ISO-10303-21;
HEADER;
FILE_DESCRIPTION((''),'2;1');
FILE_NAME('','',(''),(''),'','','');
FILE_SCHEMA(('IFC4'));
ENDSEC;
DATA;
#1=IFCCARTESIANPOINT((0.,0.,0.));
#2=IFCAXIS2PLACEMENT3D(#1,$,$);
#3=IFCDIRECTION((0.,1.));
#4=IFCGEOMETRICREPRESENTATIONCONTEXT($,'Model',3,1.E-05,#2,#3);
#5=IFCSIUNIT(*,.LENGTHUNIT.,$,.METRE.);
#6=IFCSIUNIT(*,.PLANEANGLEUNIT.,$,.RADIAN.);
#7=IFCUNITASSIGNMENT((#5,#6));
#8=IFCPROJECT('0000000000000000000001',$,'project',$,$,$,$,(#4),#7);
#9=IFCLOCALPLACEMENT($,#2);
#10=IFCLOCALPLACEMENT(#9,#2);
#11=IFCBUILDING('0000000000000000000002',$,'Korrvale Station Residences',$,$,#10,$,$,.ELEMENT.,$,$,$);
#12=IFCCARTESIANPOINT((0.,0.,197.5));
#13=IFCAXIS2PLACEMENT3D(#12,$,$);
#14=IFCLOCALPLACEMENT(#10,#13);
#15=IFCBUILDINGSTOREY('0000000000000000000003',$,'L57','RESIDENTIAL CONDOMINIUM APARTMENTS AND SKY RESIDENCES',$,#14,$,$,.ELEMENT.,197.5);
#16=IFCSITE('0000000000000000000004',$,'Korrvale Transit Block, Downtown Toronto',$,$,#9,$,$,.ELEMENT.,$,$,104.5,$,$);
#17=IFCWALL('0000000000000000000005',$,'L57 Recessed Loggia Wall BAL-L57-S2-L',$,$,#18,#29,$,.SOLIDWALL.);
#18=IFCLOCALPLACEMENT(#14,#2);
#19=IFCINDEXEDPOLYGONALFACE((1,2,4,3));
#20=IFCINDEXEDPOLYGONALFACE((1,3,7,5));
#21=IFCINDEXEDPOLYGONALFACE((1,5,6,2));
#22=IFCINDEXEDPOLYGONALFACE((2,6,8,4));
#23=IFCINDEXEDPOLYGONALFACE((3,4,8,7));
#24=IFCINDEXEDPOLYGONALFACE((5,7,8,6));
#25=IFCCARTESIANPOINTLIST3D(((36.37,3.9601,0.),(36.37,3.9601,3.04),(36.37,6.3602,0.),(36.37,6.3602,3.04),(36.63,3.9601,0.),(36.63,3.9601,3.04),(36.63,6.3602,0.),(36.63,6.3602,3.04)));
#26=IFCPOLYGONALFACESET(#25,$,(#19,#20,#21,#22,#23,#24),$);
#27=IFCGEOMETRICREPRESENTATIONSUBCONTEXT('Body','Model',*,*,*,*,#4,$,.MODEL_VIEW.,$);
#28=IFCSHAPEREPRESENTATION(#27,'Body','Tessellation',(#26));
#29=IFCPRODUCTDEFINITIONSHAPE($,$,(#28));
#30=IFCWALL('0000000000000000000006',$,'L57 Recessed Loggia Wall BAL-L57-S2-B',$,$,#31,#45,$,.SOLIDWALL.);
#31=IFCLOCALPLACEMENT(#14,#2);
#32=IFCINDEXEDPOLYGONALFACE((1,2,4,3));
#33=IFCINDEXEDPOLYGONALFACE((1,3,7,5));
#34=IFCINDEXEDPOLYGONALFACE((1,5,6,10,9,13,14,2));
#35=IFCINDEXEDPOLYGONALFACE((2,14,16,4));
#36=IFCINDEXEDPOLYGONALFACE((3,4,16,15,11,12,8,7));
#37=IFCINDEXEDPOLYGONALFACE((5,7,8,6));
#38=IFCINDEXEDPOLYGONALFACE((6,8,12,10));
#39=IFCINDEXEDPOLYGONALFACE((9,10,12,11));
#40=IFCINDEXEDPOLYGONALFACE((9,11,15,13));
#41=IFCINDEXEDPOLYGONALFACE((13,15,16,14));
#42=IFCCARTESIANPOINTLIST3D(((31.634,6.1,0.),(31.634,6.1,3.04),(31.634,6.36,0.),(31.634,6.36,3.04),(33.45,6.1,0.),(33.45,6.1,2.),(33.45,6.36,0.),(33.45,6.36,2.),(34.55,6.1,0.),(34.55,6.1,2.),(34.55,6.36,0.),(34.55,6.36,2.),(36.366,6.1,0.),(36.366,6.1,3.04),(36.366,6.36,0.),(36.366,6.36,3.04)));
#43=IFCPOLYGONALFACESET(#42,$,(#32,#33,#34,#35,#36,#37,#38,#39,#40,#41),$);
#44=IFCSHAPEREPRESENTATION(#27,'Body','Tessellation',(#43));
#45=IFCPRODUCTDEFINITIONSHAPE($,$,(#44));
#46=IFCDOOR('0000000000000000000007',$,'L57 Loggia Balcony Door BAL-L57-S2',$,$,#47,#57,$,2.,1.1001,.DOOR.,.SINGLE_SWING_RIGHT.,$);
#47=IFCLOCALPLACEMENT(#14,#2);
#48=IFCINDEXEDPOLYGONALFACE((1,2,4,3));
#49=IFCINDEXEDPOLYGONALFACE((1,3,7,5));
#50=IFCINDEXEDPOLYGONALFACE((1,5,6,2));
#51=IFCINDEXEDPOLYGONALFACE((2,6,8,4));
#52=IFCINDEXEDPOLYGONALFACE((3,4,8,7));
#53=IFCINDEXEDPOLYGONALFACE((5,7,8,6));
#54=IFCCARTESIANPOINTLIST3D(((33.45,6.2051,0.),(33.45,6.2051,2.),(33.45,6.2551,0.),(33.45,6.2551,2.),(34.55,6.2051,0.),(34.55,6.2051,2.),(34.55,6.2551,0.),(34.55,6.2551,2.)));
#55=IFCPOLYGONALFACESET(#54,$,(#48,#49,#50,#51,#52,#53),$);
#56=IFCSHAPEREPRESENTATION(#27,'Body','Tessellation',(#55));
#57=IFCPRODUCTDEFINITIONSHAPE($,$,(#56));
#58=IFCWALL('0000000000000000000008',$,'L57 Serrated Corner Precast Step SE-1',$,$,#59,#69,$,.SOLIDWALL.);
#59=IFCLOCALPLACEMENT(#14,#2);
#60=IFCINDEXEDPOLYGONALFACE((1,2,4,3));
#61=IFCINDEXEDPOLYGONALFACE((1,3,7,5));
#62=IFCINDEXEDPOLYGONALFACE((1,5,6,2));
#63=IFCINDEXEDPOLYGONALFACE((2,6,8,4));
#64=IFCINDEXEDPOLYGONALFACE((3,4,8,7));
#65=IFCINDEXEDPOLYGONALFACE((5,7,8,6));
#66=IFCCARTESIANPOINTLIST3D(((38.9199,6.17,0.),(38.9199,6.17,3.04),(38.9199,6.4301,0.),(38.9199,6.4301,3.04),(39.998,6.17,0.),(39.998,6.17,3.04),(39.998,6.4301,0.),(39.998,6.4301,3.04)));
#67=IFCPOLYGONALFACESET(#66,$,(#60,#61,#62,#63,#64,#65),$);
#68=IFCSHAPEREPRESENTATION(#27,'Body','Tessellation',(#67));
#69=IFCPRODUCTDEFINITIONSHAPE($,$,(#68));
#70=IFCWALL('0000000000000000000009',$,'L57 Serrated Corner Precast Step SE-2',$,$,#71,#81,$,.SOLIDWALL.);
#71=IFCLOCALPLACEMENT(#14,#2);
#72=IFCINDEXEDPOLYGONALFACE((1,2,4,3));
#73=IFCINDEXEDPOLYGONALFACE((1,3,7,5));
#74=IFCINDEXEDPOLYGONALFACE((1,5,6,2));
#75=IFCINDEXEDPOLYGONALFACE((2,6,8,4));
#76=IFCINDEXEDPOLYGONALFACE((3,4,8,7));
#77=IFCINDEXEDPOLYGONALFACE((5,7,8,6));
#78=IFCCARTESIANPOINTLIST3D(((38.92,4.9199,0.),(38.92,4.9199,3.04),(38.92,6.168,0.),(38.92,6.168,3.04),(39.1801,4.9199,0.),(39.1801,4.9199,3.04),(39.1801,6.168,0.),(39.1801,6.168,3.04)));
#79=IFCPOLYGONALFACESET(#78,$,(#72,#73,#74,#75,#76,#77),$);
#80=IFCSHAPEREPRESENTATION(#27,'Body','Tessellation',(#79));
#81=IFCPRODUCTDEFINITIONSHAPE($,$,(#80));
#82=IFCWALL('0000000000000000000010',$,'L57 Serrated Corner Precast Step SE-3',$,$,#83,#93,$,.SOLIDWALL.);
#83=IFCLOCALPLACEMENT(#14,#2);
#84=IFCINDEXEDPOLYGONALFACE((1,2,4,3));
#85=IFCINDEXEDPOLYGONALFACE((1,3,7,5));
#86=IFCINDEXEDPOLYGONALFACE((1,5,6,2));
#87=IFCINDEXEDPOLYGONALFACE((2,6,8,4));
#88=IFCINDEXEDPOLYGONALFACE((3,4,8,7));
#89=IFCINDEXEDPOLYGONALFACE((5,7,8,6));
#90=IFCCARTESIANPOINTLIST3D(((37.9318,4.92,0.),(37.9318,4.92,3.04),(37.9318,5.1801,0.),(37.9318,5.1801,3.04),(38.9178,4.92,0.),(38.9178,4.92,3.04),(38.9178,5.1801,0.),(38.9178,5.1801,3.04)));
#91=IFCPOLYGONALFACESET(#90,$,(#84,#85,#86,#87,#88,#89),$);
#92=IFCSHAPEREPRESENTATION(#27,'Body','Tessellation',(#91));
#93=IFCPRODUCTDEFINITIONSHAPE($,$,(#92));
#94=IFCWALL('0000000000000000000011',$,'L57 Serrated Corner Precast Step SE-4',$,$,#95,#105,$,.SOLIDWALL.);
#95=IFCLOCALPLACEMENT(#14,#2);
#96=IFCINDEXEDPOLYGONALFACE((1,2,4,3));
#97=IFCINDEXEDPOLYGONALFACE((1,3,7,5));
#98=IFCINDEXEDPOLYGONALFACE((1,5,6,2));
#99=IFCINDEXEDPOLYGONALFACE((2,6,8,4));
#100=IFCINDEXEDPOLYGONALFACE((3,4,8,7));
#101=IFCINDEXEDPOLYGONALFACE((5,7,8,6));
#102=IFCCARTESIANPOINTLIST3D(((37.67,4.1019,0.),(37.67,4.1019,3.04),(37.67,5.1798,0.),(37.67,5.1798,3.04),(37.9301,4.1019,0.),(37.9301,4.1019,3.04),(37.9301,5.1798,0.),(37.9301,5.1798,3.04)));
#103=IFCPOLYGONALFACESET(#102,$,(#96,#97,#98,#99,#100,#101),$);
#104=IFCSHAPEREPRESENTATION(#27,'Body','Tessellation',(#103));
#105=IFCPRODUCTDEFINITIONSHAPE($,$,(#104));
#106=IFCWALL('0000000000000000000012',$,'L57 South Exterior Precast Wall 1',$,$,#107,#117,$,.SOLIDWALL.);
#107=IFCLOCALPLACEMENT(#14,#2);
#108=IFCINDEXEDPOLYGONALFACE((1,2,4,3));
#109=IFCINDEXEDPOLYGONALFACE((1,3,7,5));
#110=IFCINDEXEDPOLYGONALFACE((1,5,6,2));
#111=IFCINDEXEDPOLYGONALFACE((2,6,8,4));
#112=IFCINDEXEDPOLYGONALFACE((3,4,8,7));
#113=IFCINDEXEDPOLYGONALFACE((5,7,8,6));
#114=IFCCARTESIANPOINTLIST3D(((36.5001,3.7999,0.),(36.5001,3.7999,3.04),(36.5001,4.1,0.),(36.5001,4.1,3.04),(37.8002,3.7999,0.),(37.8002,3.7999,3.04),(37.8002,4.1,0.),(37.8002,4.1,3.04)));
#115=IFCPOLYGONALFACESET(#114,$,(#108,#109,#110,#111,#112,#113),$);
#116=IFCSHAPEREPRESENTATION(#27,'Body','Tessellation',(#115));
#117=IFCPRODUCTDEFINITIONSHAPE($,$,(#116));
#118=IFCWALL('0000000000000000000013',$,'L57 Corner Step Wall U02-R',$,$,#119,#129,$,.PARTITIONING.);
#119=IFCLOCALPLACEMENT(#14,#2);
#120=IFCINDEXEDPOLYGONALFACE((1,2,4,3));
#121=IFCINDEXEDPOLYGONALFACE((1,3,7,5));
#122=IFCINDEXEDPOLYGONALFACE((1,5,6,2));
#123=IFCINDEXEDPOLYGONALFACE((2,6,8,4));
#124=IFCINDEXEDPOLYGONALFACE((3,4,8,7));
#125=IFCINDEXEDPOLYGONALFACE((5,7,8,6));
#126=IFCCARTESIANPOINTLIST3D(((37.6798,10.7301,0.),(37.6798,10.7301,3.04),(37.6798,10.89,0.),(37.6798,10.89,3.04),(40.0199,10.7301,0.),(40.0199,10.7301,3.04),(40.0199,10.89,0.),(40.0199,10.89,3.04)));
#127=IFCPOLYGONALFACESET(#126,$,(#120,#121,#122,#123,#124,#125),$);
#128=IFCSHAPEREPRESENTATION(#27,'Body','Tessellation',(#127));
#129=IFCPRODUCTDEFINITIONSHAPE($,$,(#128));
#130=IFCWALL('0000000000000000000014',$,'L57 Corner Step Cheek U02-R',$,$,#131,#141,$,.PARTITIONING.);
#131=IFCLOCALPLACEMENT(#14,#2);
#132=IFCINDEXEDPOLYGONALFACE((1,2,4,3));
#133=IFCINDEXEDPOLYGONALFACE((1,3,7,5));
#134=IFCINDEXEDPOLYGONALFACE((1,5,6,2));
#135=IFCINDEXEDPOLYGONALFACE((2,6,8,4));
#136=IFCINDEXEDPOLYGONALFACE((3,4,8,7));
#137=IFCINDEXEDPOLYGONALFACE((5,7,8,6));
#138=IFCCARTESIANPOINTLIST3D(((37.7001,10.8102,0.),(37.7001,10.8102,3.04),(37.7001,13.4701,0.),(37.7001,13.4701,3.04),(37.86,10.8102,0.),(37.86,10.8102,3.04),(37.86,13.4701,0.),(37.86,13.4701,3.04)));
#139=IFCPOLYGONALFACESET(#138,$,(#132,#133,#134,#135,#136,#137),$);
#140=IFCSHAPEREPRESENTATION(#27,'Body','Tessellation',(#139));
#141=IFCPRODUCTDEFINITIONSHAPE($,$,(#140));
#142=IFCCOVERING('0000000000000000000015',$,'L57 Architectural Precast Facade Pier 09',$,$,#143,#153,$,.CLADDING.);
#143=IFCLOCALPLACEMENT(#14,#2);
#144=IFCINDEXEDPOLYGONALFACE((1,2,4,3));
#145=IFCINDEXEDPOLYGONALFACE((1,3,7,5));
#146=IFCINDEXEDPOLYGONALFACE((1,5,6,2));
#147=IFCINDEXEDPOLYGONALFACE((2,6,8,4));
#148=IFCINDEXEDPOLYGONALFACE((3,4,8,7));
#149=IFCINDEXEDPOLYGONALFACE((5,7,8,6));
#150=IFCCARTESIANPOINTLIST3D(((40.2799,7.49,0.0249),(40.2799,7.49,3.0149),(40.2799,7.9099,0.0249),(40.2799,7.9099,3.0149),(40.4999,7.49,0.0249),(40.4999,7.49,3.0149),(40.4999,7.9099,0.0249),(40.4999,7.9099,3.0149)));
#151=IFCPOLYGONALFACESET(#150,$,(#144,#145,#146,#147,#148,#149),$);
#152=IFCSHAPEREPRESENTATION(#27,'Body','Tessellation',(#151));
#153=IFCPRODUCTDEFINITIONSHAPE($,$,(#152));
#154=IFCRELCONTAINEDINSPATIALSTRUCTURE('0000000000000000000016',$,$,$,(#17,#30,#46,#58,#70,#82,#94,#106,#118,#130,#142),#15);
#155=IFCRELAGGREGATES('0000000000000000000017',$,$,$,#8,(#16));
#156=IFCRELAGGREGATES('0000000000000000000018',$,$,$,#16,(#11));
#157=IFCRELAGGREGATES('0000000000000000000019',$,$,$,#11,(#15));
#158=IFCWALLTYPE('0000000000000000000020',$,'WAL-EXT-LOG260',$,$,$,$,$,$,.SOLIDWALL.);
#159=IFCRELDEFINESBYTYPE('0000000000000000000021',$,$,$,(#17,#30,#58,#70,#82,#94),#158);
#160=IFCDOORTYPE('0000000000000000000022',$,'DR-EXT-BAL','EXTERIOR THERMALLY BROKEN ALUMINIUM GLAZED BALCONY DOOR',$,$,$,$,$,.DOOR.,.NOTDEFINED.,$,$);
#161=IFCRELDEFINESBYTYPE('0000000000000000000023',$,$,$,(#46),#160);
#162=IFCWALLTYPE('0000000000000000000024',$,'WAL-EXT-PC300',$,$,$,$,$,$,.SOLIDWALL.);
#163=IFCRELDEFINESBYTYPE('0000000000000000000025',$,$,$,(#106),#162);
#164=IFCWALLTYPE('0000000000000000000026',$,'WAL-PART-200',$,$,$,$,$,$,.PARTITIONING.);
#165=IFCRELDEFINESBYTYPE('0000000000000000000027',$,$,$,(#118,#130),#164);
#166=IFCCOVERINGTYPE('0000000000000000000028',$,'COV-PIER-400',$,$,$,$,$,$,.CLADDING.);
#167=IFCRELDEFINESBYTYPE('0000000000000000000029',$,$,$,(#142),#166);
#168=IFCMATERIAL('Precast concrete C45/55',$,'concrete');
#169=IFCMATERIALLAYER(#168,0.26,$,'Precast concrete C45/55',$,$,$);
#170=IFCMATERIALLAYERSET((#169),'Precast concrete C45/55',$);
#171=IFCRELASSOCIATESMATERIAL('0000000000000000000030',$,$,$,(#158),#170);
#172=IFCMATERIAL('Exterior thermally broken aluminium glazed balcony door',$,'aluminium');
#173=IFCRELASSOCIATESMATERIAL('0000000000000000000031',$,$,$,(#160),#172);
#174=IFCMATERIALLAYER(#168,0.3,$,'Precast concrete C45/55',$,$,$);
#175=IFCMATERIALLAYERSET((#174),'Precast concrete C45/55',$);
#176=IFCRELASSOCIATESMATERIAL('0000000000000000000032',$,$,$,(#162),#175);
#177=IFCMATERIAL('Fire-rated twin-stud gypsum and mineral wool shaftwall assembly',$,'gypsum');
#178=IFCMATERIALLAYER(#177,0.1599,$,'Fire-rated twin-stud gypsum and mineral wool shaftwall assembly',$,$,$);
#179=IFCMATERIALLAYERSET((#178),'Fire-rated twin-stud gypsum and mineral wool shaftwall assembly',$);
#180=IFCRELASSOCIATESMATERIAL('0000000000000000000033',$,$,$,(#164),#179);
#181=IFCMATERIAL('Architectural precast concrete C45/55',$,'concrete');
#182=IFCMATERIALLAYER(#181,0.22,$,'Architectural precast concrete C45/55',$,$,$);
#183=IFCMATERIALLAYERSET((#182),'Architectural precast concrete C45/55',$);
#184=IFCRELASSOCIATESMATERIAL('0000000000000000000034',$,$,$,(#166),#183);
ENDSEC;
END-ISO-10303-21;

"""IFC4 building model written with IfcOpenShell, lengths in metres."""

from ifc_helpers import new_model, si_unit, direction, frame, frame_2d, origin, origin_2d, place, context, subcontext, project, spatial, rectangle, extrude, material, layer, layer_set, type_object, element, fill, save


model = new_model("IFC4")

# Units and contexts
model_context = context("Model", 3, precision=1e-05, world=origin(), true_north=direction((0.0, 1.0)))
body_context = subcontext(model_context, "Body", "Model", "MODEL_VIEW")
ifc_project = project(units=[si_unit("LENGTHUNIT", "METRE"), si_unit("PLANEANGLEUNIT", "RADIAN")], contexts=[model_context])

# Site, building, storey
site_placement = place(None, origin())
site = spatial("IfcSite", under=ifc_project, at=site_placement, Name="Korrvale Transit Block, Downtown Toronto", CompositionType="ELEMENT", RefElevation=104.5)
building_placement = place(site_placement, origin())
building = spatial("IfcBuilding", under=site, at=building_placement, Name="Korrvale Station Residences", CompositionType="ELEMENT")
storey_placement = place(building_placement, frame((0.0, 0.0, 197.5)))
storey = spatial("IfcBuildingStorey", under=building, at=storey_placement, Name="L57", Description="RESIDENTIAL CONDOMINIUM APARTMENTS AND SKY RESIDENCES", CompositionType="ELEMENT", Elevation=197.5)

# Wall
ifc_material_1 = material(Name="Precast concrete C45/55", Category="concrete")
ifc_layer_1 = layer(ifc_material_1, 0.26, Name="Precast concrete C45/55")
ifc_layer_set_1 = layer_set([ifc_layer_1], Name="Precast concrete C45/55")
wall_type_1 = type_object("IfcWallType", Name="WAL-EXT-LOG260", PredefinedType="SOLIDWALL", material=ifc_layer_set_1)
wall_1_placement = place(storey_placement, frame((36.5, 3.96, 0.0), z_axis=(0.0, 0.0, 1.0), x_axis=(0.0, 1.0, 0.0)))
element("IfcWall", 1, at=wall_1_placement, inside=storey, type_object=wall_type_1, Name="L57 Recessed Loggia Wall BAL-L57-S2-L", PredefinedType="SOLIDWALL", context=body_context, shape_type="SweptSolid", body=[
    extrude(rectangle(XDim=2.4001, YDim=0.26, at=frame_2d((1.2002, 0.0))), origin(), (0.0, 0.0, 1.0), 3.04),
])

# Wall, opening, door
wall_2_placement = place(storey_placement, frame((36.366, 6.23, 0.0), z_axis=(0.0, 0.0, 1.0), x_axis=(-1.0, 0.0, 0.0)))
wall_2 = element("IfcWall", 2, at=wall_2_placement, inside=storey, type_object=wall_type_1, Name="L57 Recessed Loggia Wall BAL-L57-S2-B", PredefinedType="SOLIDWALL", context=body_context, shape_type="SweptSolid", body=[
    extrude(rectangle(XDim=4.7319, YDim=0.26, at=frame_2d((2.366, 0.0))), origin(), (0.0, 0.0, 1.0), 3.04),
])
opening_placement = place(wall_2_placement, frame((1.8159, 0.0, 0.0)))
opening = element("IfcOpeningElement", 3, at=opening_placement, cuts=wall_2, PredefinedType="OPENING", context=body_context, shape_type="SweptSolid", body=[
    extrude(rectangle(XDim=1.1001, YDim=2.0, at=frame_2d((0.55, 1.0))), frame((0.0, 0.1401, 0.0), z_axis=(0.0, -1.0, 0.0), x_axis=(1.0, 0.0, 0.0)), (0.0, 0.0, 1.0), 0.28),
])
ifc_material_2 = material(Name="Exterior thermally broken aluminium glazed balcony door", Category="aluminium")
door_type = type_object("IfcDoorType", Name="DR-EXT-BAL", Description="EXTERIOR THERMALLY BROKEN ALUMINIUM GLAZED BALCONY DOOR", OperationType="NOTDEFINED", PredefinedType="DOOR", material=ifc_material_2)
door_placement = place(opening_placement, origin())
door = element("IfcDoor", 4, at=door_placement, inside=storey, type_object=door_type, Name="L57 Loggia Balcony Door BAL-L57-S2", OperationType="SINGLE_SWING_RIGHT", OverallHeight=2.0, OverallWidth=1.1001, PredefinedType="DOOR", context=body_context, shape_type="SweptSolid", body=[
    extrude(rectangle(XDim=1.1001, YDim=2.0, at=frame_2d((0.55, 1.0))), frame((0.0, 0.0249, 0.0), z_axis=(0.0, -1.0, 0.0), x_axis=(1.0, 0.0, 0.0)), (0.0, 0.0, 1.0), 0.05),
])
fill(opening, door)

# Walls
wall_3_placement = place(storey_placement, frame((39.998, 6.3, 0.0), z_axis=(0.0, 0.0, 1.0), x_axis=(-1.0, 0.0, 0.0)))
element("IfcWall", 5, at=wall_3_placement, inside=storey, type_object=wall_type_1, Name="L57 Serrated Corner Precast Step SE-1", PredefinedType="SOLIDWALL", context=body_context, shape_type="SweptSolid", body=[
    extrude(rectangle(XDim=1.0781, YDim=0.26, at=frame_2d((0.5391, 0.0))), origin(), (0.0, 0.0, 1.0), 3.04),
])
wall_4_placement = place(storey_placement, frame((39.05, 6.168, 0.0), z_axis=(0.0, 0.0, 1.0), x_axis=(0.0, -1.0, 0.0)))
element("IfcWall", 6, at=wall_4_placement, inside=storey, type_object=wall_type_1, Name="L57 Serrated Corner Precast Step SE-2", PredefinedType="SOLIDWALL", context=body_context, shape_type="SweptSolid", body=[
    extrude(rectangle(XDim=1.248, YDim=0.26, at=frame_2d((0.624, 0.0))), origin(), (0.0, 0.0, 1.0), 3.04),
])
wall_5_placement = place(storey_placement, frame((38.918, 5.05, 0.0), z_axis=(0.0, 0.0, 1.0), x_axis=(-1.0, 0.0, 0.0)))
element("IfcWall", 7, at=wall_5_placement, inside=storey, type_object=wall_type_1, Name="L57 Serrated Corner Precast Step SE-3", PredefinedType="SOLIDWALL", context=body_context, shape_type="SweptSolid", body=[
    extrude(rectangle(XDim=0.9861, YDim=0.26, at=frame_2d((0.4932, 0.0))), origin(), (0.0, 0.0, 1.0), 3.04),
])
wall_6_placement = place(storey_placement, frame((37.8, 5.1799, 0.0), z_axis=(0.0, 0.0, 1.0), x_axis=(0.0, -1.0, 0.0)))
element("IfcWall", 8, at=wall_6_placement, inside=storey, type_object=wall_type_1, Name="L57 Serrated Corner Precast Step SE-4", PredefinedType="SOLIDWALL", context=body_context, shape_type="SweptSolid", body=[
    extrude(rectangle(XDim=1.0779, YDim=0.26, at=frame_2d((0.5391, 0.0))), origin(), (0.0, 0.0, 1.0), 3.04),
])
ifc_layer_2 = layer(ifc_material_1, 0.3, Name="Precast concrete C45/55")
ifc_layer_set_2 = layer_set([ifc_layer_2], Name="Precast concrete C45/55")
wall_type_2 = type_object("IfcWallType", Name="WAL-EXT-PC300", PredefinedType="SOLIDWALL", material=ifc_layer_set_2)
wall_7_placement = place(storey_placement, frame((37.8, 3.95, 0.0), z_axis=(0.0, 0.0, 1.0), x_axis=(-1.0, 0.0, 0.0)))
element("IfcWall", 9, at=wall_7_placement, inside=storey, type_object=wall_type_2, Name="L57 South Exterior Precast Wall 1", PredefinedType="SOLIDWALL", context=body_context, shape_type="SweptSolid", body=[
    extrude(rectangle(XDim=1.3, YDim=0.3, at=frame_2d((0.6499, 0.0))), origin(), (0.0, 0.0, 1.0), 3.04),
])
ifc_material_3 = material(Name="Fire-rated twin-stud gypsum and mineral wool shaftwall assembly", Category="gypsum")
ifc_layer_3 = layer(ifc_material_3, 0.1599, Name="Fire-rated twin-stud gypsum and mineral wool shaftwall assembly")
ifc_layer_set_3 = layer_set([ifc_layer_3], Name="Fire-rated twin-stud gypsum and mineral wool shaftwall assembly")
wall_type_3 = type_object("IfcWallType", Name="WAL-PART-200", PredefinedType="PARTITIONING", material=ifc_layer_set_3)
wall_8_placement = place(storey_placement, frame((37.6799, 10.8101, 0.0), z_axis=(0.0, 0.0, 1.0), x_axis=(1.0, 0.0, 0.0)))
element("IfcWall", 10, at=wall_8_placement, inside=storey, type_object=wall_type_3, Name="L57 Corner Step Wall U02-R", PredefinedType="PARTITIONING", context=body_context, shape_type="SweptSolid", body=[
    extrude(rectangle(XDim=2.3401, YDim=0.1599, at=frame_2d((1.1699, 0.0))), origin(), (0.0, 0.0, 1.0), 3.04),
])
wall_9_placement = place(storey_placement, frame((37.78, 10.8101, 0.0), z_axis=(0.0, 0.0, 1.0), x_axis=(0.0, 1.0, 0.0)))
element("IfcWall", 11, at=wall_9_placement, inside=storey, type_object=wall_type_3, Name="L57 Corner Step Cheek U02-R", PredefinedType="PARTITIONING", context=body_context, shape_type="SweptSolid", body=[
    extrude(rectangle(XDim=2.6599, YDim=0.1599, at=frame_2d((1.3301, 0.0))), origin(), (0.0, 0.0, 1.0), 3.04),
])

# Covering
ifc_material_4 = material(Name="Architectural precast concrete C45/55", Category="concrete")
ifc_layer_4 = layer(ifc_material_4, 0.22, Name="Architectural precast concrete C45/55")
ifc_layer_set_4 = layer_set([ifc_layer_4], Name="Architectural precast concrete C45/55")
covering_type = type_object("IfcCoveringType", Name="COV-PIER-400", PredefinedType="CLADDING", material=ifc_layer_set_4)
covering_placement = place(storey_placement, frame((40.3899, 7.7, 0.0249), z_axis=(0.0, 0.0, 1.0), x_axis=(0.0, 1.0, 0.0)))
element("IfcCovering", 12, at=covering_placement, inside=storey, type_object=covering_type, Name="L57 Architectural Precast Facade Pier 09", PredefinedType="CLADDING", context=body_context, shape_type="SweptSolid", body=[
    extrude(rectangle(XDim=0.4199, YDim=0.22, at=origin_2d()), origin(), (0.0, 0.0, 1.0), 2.99),
])

save(model, "model.ifc")
